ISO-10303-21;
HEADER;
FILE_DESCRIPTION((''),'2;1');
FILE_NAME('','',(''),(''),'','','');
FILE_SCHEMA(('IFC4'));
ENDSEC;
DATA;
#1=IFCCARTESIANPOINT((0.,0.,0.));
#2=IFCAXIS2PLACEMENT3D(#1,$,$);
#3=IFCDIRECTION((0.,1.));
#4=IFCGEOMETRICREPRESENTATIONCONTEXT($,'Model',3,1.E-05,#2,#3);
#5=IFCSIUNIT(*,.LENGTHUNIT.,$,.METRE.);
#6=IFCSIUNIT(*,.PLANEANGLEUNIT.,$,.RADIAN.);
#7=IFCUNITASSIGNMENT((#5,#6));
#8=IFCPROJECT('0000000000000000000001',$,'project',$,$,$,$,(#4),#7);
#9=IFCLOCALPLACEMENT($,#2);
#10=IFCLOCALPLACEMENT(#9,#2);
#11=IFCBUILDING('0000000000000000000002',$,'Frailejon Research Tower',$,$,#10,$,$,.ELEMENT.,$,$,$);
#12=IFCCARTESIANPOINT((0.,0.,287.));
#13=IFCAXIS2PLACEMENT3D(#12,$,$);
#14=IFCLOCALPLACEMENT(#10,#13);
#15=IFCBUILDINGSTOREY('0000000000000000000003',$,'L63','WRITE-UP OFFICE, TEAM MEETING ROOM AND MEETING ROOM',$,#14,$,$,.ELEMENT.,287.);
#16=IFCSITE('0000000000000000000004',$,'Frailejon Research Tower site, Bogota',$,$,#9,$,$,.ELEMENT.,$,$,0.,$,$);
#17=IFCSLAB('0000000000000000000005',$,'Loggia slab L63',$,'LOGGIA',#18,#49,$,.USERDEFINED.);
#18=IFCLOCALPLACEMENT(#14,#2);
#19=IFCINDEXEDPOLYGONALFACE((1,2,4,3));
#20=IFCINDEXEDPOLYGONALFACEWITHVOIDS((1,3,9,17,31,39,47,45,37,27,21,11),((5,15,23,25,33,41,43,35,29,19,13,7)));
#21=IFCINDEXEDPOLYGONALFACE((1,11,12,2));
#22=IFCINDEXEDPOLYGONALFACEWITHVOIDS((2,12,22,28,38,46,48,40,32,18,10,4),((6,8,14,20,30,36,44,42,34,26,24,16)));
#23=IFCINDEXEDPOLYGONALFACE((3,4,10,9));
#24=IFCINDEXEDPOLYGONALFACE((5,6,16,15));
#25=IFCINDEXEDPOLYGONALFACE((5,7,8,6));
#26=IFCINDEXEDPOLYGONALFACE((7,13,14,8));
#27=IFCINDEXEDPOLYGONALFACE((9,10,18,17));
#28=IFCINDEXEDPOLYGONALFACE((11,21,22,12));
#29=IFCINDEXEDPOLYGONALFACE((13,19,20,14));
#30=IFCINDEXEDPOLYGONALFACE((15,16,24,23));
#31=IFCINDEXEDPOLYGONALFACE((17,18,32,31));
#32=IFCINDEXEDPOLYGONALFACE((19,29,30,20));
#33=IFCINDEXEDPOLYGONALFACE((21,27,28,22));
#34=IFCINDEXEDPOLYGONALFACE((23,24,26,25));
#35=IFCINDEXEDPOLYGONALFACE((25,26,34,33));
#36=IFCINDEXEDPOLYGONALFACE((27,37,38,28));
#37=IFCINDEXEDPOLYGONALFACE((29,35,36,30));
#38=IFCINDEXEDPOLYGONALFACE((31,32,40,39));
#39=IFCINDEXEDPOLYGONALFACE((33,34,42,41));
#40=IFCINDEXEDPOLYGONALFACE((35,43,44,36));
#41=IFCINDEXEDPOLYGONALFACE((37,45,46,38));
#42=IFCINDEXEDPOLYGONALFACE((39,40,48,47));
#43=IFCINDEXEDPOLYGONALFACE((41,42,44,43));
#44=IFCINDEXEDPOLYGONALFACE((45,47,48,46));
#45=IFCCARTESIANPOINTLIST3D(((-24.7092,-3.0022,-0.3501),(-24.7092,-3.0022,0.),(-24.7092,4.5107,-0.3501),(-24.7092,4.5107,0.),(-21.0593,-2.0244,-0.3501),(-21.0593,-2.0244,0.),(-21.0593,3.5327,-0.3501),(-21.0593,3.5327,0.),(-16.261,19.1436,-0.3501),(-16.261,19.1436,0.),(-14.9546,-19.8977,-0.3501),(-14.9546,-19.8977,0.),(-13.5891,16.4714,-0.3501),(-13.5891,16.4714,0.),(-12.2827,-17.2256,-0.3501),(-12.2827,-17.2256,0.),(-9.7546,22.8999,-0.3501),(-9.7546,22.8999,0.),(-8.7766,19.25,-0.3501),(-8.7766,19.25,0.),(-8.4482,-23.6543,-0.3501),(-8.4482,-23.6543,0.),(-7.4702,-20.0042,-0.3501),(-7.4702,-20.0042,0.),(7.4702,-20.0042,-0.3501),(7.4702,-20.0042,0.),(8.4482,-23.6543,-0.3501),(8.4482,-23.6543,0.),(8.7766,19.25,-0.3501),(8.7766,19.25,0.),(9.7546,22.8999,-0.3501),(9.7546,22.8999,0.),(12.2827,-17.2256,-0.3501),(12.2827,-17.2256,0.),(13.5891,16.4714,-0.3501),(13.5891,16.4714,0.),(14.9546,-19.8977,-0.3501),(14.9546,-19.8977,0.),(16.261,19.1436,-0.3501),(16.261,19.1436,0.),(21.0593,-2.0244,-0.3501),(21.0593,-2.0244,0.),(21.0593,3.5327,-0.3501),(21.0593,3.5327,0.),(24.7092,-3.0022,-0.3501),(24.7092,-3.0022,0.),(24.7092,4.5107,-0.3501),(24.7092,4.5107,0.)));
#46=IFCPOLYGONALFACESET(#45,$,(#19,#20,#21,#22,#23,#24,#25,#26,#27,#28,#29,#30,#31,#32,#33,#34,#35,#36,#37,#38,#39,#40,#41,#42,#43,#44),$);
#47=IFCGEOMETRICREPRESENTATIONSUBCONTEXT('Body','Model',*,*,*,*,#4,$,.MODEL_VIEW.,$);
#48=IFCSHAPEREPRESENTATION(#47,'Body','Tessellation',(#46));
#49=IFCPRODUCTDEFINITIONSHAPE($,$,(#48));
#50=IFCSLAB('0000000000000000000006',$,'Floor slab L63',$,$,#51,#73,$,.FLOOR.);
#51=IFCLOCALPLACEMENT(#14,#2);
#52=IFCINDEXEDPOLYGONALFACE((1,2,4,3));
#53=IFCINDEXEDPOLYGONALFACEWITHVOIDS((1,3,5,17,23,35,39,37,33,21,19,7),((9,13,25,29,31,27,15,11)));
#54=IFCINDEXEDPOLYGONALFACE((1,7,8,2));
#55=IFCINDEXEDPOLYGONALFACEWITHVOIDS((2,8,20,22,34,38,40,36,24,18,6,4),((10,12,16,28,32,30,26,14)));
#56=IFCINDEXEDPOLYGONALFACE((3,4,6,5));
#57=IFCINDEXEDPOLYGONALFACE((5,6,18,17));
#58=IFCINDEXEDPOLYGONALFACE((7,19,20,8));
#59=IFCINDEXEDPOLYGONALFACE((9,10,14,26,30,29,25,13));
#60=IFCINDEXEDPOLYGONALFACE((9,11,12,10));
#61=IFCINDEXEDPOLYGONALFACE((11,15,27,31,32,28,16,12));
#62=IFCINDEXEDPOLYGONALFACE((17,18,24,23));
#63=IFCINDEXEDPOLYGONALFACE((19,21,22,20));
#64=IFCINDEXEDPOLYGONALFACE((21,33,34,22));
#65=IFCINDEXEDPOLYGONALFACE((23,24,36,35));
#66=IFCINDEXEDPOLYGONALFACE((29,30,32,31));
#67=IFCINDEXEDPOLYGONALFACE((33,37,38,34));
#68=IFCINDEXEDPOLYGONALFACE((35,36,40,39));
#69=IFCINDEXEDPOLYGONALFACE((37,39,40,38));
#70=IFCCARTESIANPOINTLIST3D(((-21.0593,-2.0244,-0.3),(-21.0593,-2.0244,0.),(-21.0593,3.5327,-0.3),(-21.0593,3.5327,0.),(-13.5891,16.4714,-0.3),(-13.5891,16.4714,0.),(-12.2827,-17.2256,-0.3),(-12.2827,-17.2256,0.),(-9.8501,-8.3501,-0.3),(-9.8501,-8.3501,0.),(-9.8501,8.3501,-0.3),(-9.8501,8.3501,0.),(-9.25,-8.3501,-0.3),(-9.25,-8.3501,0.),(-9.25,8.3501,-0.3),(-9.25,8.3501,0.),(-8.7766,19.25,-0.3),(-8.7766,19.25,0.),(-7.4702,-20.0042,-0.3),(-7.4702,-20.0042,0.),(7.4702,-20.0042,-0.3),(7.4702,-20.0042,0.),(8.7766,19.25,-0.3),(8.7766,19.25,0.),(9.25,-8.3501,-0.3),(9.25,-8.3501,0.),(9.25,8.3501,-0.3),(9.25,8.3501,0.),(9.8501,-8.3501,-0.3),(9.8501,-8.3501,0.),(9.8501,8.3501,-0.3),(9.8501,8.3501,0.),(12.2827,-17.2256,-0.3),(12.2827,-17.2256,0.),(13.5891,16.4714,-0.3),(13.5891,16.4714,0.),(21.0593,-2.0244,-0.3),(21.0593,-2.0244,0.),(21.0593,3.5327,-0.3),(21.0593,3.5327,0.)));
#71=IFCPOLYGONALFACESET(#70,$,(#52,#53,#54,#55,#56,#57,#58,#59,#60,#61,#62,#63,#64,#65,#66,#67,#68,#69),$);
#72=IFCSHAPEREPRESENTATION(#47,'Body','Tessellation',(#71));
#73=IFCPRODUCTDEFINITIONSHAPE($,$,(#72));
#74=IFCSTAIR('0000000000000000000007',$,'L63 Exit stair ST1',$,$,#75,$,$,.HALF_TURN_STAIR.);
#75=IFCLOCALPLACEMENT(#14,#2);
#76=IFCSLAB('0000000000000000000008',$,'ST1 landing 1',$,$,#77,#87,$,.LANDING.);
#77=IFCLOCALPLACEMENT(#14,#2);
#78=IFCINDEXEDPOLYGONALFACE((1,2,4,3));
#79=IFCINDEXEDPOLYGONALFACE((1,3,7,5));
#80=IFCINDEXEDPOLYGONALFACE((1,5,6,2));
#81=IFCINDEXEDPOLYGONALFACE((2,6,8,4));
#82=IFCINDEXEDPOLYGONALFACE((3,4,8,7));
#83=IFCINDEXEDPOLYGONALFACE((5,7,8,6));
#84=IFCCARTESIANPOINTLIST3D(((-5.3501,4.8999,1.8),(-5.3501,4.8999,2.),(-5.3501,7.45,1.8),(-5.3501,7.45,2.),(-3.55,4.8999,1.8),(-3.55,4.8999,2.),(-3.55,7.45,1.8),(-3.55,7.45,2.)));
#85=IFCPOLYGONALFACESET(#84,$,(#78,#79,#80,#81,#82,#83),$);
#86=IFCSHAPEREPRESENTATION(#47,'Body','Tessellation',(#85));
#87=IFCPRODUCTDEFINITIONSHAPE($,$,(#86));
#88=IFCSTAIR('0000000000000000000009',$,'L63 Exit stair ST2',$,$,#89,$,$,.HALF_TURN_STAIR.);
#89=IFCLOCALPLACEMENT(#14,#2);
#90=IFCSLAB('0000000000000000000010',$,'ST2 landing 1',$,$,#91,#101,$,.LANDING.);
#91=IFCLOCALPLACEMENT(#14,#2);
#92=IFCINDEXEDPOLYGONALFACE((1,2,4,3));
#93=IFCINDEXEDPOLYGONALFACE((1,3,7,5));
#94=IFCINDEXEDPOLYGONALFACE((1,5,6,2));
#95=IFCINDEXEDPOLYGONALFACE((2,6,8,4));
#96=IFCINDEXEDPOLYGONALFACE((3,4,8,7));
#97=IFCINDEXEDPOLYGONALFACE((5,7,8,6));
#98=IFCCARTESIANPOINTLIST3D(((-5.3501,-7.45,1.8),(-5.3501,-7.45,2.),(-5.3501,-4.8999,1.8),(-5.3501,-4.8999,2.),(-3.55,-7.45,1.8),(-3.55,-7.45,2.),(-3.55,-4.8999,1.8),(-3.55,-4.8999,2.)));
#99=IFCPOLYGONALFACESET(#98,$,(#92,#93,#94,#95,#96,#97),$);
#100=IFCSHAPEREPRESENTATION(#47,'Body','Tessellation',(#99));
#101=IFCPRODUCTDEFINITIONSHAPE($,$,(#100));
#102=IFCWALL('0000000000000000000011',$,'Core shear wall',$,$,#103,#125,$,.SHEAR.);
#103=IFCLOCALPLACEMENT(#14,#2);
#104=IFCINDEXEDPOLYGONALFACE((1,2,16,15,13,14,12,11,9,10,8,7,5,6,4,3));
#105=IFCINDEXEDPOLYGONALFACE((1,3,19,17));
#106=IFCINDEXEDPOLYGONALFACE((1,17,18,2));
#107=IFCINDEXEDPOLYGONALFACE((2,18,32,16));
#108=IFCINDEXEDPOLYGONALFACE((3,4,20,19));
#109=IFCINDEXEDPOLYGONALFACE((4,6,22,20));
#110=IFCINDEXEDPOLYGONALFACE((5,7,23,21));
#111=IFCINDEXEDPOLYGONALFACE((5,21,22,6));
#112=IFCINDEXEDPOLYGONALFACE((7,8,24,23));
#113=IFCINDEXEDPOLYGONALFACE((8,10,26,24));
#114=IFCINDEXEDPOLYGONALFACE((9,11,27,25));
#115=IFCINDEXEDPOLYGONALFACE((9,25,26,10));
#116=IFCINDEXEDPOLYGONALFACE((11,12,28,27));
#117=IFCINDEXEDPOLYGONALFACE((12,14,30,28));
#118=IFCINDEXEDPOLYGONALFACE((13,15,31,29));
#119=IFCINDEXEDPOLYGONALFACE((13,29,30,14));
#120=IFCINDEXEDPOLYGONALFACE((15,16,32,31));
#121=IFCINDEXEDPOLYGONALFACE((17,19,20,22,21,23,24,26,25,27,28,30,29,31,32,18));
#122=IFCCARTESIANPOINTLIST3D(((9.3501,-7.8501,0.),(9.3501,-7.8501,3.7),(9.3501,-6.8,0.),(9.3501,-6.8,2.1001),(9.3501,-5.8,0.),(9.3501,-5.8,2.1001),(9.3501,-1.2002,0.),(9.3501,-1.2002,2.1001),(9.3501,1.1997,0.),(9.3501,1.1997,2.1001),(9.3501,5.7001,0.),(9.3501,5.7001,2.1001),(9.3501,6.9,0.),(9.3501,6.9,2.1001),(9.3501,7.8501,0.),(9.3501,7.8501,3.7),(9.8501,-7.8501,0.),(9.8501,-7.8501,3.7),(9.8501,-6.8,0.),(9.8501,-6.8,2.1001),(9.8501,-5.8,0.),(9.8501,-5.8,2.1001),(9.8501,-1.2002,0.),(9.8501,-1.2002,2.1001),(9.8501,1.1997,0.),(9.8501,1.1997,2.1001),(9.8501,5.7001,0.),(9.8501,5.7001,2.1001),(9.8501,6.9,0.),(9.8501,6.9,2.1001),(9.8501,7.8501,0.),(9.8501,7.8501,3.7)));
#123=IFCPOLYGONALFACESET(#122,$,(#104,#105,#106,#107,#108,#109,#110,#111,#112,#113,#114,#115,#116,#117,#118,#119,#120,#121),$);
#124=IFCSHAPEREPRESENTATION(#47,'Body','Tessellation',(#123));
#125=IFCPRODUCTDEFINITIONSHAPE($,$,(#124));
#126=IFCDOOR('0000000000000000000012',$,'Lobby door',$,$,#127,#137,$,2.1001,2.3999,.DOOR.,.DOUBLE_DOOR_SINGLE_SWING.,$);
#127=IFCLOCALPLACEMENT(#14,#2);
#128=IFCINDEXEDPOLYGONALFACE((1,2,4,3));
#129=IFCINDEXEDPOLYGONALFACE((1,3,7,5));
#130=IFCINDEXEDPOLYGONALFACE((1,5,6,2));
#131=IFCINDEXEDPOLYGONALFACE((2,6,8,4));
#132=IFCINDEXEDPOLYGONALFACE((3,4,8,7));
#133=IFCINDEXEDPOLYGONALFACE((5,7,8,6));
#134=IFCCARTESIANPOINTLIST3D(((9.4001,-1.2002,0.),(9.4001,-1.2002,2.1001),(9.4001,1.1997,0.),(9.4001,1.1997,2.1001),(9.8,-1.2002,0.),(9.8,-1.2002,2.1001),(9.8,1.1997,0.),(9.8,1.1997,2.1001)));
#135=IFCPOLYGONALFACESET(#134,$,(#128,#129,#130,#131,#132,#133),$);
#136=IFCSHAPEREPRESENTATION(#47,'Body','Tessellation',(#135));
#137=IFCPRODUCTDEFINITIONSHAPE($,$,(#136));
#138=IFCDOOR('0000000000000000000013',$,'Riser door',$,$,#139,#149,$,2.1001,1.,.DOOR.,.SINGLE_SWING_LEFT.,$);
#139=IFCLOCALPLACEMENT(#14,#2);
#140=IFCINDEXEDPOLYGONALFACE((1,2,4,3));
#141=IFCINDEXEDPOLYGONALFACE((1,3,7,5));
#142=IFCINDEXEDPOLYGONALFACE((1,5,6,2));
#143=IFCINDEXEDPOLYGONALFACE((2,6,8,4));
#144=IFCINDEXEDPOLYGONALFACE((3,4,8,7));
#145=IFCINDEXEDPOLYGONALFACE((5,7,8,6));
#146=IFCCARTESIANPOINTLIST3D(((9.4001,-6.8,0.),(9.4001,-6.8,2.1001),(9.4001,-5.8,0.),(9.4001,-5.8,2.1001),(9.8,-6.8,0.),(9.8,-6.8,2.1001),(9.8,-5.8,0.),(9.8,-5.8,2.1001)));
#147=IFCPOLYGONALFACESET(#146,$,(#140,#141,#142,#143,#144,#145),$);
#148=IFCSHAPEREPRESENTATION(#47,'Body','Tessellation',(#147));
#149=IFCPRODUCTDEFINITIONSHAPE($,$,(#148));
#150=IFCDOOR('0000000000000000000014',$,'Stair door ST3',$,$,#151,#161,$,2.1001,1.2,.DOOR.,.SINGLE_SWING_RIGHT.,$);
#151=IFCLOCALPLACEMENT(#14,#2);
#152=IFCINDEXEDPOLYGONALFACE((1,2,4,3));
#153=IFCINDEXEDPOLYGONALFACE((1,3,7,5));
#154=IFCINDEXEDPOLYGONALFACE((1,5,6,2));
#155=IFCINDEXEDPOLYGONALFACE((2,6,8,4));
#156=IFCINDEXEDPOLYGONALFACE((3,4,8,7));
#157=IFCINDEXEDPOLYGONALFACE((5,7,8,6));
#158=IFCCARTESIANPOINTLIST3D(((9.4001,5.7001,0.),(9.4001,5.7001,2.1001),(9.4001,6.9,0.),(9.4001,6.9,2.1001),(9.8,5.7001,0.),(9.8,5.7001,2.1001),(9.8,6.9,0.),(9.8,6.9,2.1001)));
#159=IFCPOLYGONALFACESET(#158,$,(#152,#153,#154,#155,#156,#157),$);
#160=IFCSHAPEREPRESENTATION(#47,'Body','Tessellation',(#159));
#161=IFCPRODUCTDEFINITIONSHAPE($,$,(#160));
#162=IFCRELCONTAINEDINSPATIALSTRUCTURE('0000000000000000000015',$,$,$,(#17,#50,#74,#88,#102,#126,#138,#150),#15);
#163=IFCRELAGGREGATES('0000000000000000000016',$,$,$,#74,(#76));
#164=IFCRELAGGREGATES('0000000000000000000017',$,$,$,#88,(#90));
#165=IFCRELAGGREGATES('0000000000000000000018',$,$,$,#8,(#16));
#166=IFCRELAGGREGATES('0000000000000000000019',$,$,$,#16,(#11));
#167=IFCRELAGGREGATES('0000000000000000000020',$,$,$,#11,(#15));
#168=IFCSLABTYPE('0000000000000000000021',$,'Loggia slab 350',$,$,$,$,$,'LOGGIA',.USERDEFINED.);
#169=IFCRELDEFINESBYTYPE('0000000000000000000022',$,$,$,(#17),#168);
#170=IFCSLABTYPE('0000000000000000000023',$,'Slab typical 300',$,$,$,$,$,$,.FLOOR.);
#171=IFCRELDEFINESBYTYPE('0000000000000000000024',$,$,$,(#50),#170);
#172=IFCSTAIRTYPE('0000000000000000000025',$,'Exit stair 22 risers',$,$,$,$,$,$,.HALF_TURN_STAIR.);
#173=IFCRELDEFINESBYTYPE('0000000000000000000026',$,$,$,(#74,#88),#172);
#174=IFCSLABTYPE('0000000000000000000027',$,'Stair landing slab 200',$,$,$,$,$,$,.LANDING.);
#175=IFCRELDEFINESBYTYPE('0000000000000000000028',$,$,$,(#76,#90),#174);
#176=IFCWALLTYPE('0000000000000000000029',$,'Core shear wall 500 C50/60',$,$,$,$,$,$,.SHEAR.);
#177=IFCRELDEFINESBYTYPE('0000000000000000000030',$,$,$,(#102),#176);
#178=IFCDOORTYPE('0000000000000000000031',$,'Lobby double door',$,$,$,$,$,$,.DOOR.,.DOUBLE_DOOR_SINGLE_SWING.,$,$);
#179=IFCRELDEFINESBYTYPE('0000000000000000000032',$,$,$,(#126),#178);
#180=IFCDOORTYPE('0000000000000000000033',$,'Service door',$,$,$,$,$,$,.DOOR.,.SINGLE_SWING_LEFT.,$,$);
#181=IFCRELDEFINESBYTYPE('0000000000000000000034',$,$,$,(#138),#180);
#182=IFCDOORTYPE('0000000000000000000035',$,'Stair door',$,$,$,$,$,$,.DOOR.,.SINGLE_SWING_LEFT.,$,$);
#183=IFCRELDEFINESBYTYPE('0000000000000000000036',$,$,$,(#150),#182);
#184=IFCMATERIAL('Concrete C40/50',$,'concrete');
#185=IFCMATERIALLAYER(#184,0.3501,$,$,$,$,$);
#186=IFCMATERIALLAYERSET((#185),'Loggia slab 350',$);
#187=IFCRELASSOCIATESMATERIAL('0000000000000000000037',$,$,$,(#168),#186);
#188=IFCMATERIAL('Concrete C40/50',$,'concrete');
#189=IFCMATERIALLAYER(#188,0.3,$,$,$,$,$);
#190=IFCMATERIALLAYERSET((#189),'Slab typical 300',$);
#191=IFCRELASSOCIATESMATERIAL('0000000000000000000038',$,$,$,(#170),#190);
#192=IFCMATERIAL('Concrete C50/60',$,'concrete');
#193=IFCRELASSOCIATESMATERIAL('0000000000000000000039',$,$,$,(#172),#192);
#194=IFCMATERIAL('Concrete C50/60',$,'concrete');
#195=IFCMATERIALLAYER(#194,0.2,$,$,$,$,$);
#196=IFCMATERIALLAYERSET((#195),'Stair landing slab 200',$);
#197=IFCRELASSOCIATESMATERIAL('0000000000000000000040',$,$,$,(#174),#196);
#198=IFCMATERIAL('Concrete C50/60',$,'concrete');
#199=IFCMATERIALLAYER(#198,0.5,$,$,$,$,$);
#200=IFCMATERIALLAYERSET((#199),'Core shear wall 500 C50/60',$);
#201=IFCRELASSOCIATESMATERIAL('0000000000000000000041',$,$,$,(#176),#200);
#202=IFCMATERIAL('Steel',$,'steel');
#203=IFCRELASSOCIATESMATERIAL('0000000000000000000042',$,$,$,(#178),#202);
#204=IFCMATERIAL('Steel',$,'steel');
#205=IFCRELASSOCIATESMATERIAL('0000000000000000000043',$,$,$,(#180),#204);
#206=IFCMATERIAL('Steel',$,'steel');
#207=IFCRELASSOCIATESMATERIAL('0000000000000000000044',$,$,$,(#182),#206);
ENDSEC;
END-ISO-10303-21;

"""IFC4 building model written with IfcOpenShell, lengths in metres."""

from ifc_helpers import new_model, si_unit, direction, frame, frame_2d, origin, place, context, subcontext, project, spatial, polyline, rectangle, outline, extrude, material, layer, layer_set, type_object, element, fill, aggregate, save


model = new_model("IFC4")

# Units and contexts
model_context = context("Model", 3, precision=1e-05, world=origin(), true_north=direction((0.0, 1.0)))
body_context = subcontext(model_context, "Body", "Model", "MODEL_VIEW")
ifc_project = project(units=[si_unit("LENGTHUNIT", "METRE"), si_unit("PLANEANGLEUNIT", "RADIAN")], contexts=[model_context])

# Site, building, storey
site_placement = place(None, origin())
site = spatial("IfcSite", under=ifc_project, at=site_placement, Name="Frailejon Research Tower site, Bogota", CompositionType="ELEMENT", RefElevation=0.0)
building_placement = place(site_placement, origin())
building = spatial("IfcBuilding", under=site, at=building_placement, Name="Frailejon Research Tower", CompositionType="ELEMENT")
storey_placement = place(building_placement, frame((0.0, 0.0, 287.0)))
storey = spatial("IfcBuildingStorey", under=building, at=storey_placement, Name="L63", Description="WRITE-UP OFFICE, TEAM MEETING ROOM AND MEETING ROOM", CompositionType="ELEMENT", Elevation=287.0)

# Slabs
ifc_material_1 = material(Name="Concrete C40/50", Category="concrete")
ifc_layer_1 = layer(ifc_material_1, 0.3501)
ifc_layer_set_1 = layer_set([ifc_layer_1], Name="Loggia slab 350")
slab_type_1 = type_object("IfcSlabType", Name="Loggia slab 350", ElementType="LOGGIA", PredefinedType="USERDEFINED", material=ifc_layer_set_1)
slab_1_placement = place(storey_placement, frame((0.0, 0.0, -0.3501)))
element("IfcSlab", 1, at=slab_1_placement, inside=storey, type_object=slab_type_1, Name="Loggia slab L63", ObjectType="LOGGIA", PredefinedType="USERDEFINED", context=body_context, shape_type="SweptSolid", body=[
    extrude(outline(polyline([(14.9546, -19.8977), (8.4482, -23.6543), (-8.4482, -23.6543), (-14.9546, -19.8977), (-24.7092, -3.0022), (-24.7092, 4.5107), (-16.261, 19.1436), (-9.7546, 22.8999), (9.7546, 22.8999), (16.261, 19.1436), (24.7092, 4.5107), (24.7092, -3.0022), (14.9546, -19.8977)]), holes=[polyline([(21.0593, 3.5327), (13.5891, 16.4714), (8.7766, 19.25), (-8.7766, 19.25), (-13.5891, 16.4714), (-21.0593, 3.5327), (-21.0593, -2.0244), (-12.2827, -17.2256), (-7.4702, -20.0042), (7.4702, -20.0042), (12.2827, -17.2256), (21.0593, -2.0244), (21.0593, 3.5327)])]), origin(), (0.0, 0.0, 1.0), 0.3501),
])
ifc_material_2 = material(Name="Concrete C40/50", Category="concrete")
ifc_layer_2 = layer(ifc_material_2, 0.3)
ifc_layer_set_2 = layer_set([ifc_layer_2], Name="Slab typical 300")
slab_type_2 = type_object("IfcSlabType", Name="Slab typical 300", PredefinedType="FLOOR", material=ifc_layer_set_2)
slab_2_placement = place(storey_placement, frame((0.0, 0.0, -0.3)))
element("IfcSlab", 2, at=slab_2_placement, inside=storey, type_object=slab_type_2, Name="Floor slab L63", PredefinedType="FLOOR", context=body_context, shape_type="SweptSolid", body=[
    extrude(outline(polyline([(21.0593, -2.0244), (21.0593, 3.5327), (13.5891, 16.4714), (8.7766, 19.25), (-8.7766, 19.25), (-13.5891, 16.4714), (-21.0593, 3.5327), (-21.0593, -2.0244), (-12.2827, -17.2256), (-7.4702, -20.0042), (7.4702, -20.0042), (12.2827, -17.2256), (21.0593, -2.0244)]), holes=[polyline([(9.25, 8.3501), (9.8501, 8.3501), (9.8501, -8.3501), (9.25, -8.3501), (-9.25, -8.3501), (-9.8501, -8.3501), (-9.8501, 8.3501), (-9.25, 8.3501), (9.25, 8.3501)])]), origin(), (0.0, 0.0, 1.0), 0.3),
])

# Stairs, slabs
ifc_material_3 = material(Name="Concrete C50/60", Category="concrete")
stair_type = type_object("IfcStairType", Name="Exit stair 22 risers", PredefinedType="HALF_TURN_STAIR", material=ifc_material_3)
stair_1_placement = place(storey_placement, origin())
stair_1 = element("IfcStair", 3, at=stair_1_placement, inside=storey, type_object=stair_type, Name="L63 Exit stair ST1", PredefinedType="HALF_TURN_STAIR")
ifc_material_4 = material(Name="Concrete C50/60", Category="concrete")
ifc_layer_3 = layer(ifc_material_4, 0.2)
ifc_layer_set_3 = layer_set([ifc_layer_3], Name="Stair landing slab 200")
slab_type_3 = type_object("IfcSlabType", Name="Stair landing slab 200", PredefinedType="LANDING", material=ifc_layer_set_3)
slab_3_placement = place(storey_placement, frame((0.0, 0.0, 1.8)))
slab_3 = element("IfcSlab", 4, at=slab_3_placement, type_object=slab_type_3, Name="ST1 landing 1", PredefinedType="LANDING", context=body_context, shape_type="SweptSolid", body=[
    extrude(outline(polyline([(-5.3501, 4.8999), (-3.55, 4.8999), (-3.55, 7.45), (-5.3501, 7.45), (-5.3501, 4.8999)])), origin(), (0.0, 0.0, 1.0), 0.2),
])
aggregate(stair_1, [slab_3])
stair_2_placement = place(storey_placement, origin())
stair_2 = element("IfcStair", 5, at=stair_2_placement, inside=storey, type_object=stair_type, Name="L63 Exit stair ST2", PredefinedType="HALF_TURN_STAIR")
slab_4_placement = place(storey_placement, frame((0.0, 0.0, 1.8)))
slab_4 = element("IfcSlab", 6, at=slab_4_placement, type_object=slab_type_3, Name="ST2 landing 1", PredefinedType="LANDING", context=body_context, shape_type="SweptSolid", body=[
    extrude(outline(polyline([(-5.3501, -7.45), (-3.55, -7.45), (-3.55, -4.8999), (-5.3501, -4.8999), (-5.3501, -7.45)])), origin(), (0.0, 0.0, 1.0), 0.2),
])
aggregate(stair_2, [slab_4])

# Wall, openings, doors
ifc_material_5 = material(Name="Concrete C50/60", Category="concrete")
ifc_layer_4 = layer(ifc_material_5, 0.5)
ifc_layer_set_4 = layer_set([ifc_layer_4], Name="Core shear wall 500 C50/60")
wall_type_1 = type_object("IfcWallType", Name="Core shear wall 500 C50/60", PredefinedType="SHEAR", material=ifc_layer_set_4)
wall_1_placement = place(storey_placement, frame((9.6001, -7.8501, 0.0), z_axis=(0.0, 0.0, 1.0), x_axis=(0.0, 1.0, 0.0)))
wall_1 = element("IfcWall", 7, at=wall_1_placement, inside=storey, type_object=wall_type_1, Name="Core shear wall", PredefinedType="SHEAR", context=body_context, shape_type="SweptSolid", body=[
    extrude(rectangle(XDim=15.7002, YDim=0.5, at=frame_2d((7.8501, 0.0))), origin(), (0.0, 0.0, 1.0), 3.7),
])
opening_1_placement = place(wall_1_placement, frame((6.6499, 0.0, 0.0)))
opening_1 = element("IfcOpeningElement", 8, at=opening_1_placement, cuts=wall_1, PredefinedType="OPENING", context=body_context, shape_type="SweptSolid", body=[
    extrude(rectangle(XDim=2.3999, YDim=2.1001, at=frame_2d((1.2, 1.05))), frame((0.0, 0.26, 0.0), z_axis=(0.0, -1.0, 0.0), x_axis=(1.0, 0.0, 0.0)), (0.0, 0.0, 1.0), 0.52),
])
opening_2_placement = place(wall_1_placement, frame((13.55, 0.0, 0.0)))
opening_2 = element("IfcOpeningElement", 9, at=opening_2_placement, cuts=wall_1, PredefinedType="OPENING", context=body_context, shape_type="SweptSolid", body=[
    extrude(rectangle(XDim=1.2, YDim=2.1001, at=frame_2d((0.6001, 1.05))), frame((0.0, 0.26, 0.0), z_axis=(0.0, -1.0, 0.0), x_axis=(1.0, 0.0, 0.0)), (0.0, 0.0, 1.0), 0.52),
])
opening_3_placement = place(wall_1_placement, frame((1.05, 0.0, 0.0)))
opening_3 = element("IfcOpeningElement", 10, at=opening_3_placement, cuts=wall_1, PredefinedType="OPENING", context=body_context, shape_type="SweptSolid", body=[
    extrude(rectangle(XDim=1.0, YDim=2.1001, at=frame_2d((0.5, 1.05))), frame((0.0, 0.26, 0.0), z_axis=(0.0, -1.0, 0.0), x_axis=(1.0, 0.0, 0.0)), (0.0, 0.0, 1.0), 0.52),
])
ifc_material_6 = material(Name="Steel", Category="steel")
door_type_1 = type_object("IfcDoorType", Name="Lobby double door", OperationType="DOUBLE_DOOR_SINGLE_SWING", PredefinedType="DOOR", material=ifc_material_6)
door_1_placement = place(opening_1_placement, origin())
door_1 = element("IfcDoor", 11, at=door_1_placement, inside=storey, type_object=door_type_1, Name="Lobby door", OperationType="DOUBLE_DOOR_SINGLE_SWING", OverallHeight=2.1001, OverallWidth=2.3999, PredefinedType="DOOR", context=body_context, shape_type="SweptSolid", body=[
    extrude(rectangle(XDim=2.3999, YDim=2.1001, at=frame_2d((1.2, 1.05))), frame((0.0, 0.2, 0.0), z_axis=(0.0, -1.0, 0.0), x_axis=(1.0, 0.0, 0.0)), (0.0, 0.0, 1.0), 0.3999),
])
fill(opening_1, door_1)
ifc_material_7 = material(Name="Steel", Category="steel")
door_type_2 = type_object("IfcDoorType", Name="Service door", OperationType="SINGLE_SWING_LEFT", PredefinedType="DOOR", material=ifc_material_7)
door_2_placement = place(opening_3_placement, origin())
door_2 = element("IfcDoor", 12, at=door_2_placement, inside=storey, type_object=door_type_2, Name="Riser door", OperationType="SINGLE_SWING_LEFT", OverallHeight=2.1001, OverallWidth=1.0, PredefinedType="DOOR", context=body_context, shape_type="SweptSolid", body=[
    extrude(rectangle(XDim=1.0, YDim=2.1001, at=frame_2d((0.5, 1.05))), frame((0.0, 0.2, 0.0), z_axis=(0.0, -1.0, 0.0), x_axis=(1.0, 0.0, 0.0)), (0.0, 0.0, 1.0), 0.3999),
])
fill(opening_3, door_2)
ifc_material_8 = material(Name="Steel", Category="steel")
door_type_3 = type_object("IfcDoorType", Name="Stair door", OperationType="SINGLE_SWING_LEFT", PredefinedType="DOOR", material=ifc_material_8)
door_3_placement = place(opening_2_placement, origin())
door_3 = element("IfcDoor", 13, at=door_3_placement, inside=storey, type_object=door_type_3, Name="Stair door ST3", OperationType="SINGLE_SWING_RIGHT", OverallHeight=2.1001, OverallWidth=1.2, PredefinedType="DOOR", context=body_context, shape_type="SweptSolid", body=[
    extrude(rectangle(XDim=1.2, YDim=2.1001, at=frame_2d((0.6001, 1.05))), frame((0.0, 0.2, 0.0), z_axis=(0.0, -1.0, 0.0), x_axis=(1.0, 0.0, 0.0)), (0.0, 0.0, 1.0), 0.3999),
])
fill(opening_2, door_3)

save(model, "model.ifc")
